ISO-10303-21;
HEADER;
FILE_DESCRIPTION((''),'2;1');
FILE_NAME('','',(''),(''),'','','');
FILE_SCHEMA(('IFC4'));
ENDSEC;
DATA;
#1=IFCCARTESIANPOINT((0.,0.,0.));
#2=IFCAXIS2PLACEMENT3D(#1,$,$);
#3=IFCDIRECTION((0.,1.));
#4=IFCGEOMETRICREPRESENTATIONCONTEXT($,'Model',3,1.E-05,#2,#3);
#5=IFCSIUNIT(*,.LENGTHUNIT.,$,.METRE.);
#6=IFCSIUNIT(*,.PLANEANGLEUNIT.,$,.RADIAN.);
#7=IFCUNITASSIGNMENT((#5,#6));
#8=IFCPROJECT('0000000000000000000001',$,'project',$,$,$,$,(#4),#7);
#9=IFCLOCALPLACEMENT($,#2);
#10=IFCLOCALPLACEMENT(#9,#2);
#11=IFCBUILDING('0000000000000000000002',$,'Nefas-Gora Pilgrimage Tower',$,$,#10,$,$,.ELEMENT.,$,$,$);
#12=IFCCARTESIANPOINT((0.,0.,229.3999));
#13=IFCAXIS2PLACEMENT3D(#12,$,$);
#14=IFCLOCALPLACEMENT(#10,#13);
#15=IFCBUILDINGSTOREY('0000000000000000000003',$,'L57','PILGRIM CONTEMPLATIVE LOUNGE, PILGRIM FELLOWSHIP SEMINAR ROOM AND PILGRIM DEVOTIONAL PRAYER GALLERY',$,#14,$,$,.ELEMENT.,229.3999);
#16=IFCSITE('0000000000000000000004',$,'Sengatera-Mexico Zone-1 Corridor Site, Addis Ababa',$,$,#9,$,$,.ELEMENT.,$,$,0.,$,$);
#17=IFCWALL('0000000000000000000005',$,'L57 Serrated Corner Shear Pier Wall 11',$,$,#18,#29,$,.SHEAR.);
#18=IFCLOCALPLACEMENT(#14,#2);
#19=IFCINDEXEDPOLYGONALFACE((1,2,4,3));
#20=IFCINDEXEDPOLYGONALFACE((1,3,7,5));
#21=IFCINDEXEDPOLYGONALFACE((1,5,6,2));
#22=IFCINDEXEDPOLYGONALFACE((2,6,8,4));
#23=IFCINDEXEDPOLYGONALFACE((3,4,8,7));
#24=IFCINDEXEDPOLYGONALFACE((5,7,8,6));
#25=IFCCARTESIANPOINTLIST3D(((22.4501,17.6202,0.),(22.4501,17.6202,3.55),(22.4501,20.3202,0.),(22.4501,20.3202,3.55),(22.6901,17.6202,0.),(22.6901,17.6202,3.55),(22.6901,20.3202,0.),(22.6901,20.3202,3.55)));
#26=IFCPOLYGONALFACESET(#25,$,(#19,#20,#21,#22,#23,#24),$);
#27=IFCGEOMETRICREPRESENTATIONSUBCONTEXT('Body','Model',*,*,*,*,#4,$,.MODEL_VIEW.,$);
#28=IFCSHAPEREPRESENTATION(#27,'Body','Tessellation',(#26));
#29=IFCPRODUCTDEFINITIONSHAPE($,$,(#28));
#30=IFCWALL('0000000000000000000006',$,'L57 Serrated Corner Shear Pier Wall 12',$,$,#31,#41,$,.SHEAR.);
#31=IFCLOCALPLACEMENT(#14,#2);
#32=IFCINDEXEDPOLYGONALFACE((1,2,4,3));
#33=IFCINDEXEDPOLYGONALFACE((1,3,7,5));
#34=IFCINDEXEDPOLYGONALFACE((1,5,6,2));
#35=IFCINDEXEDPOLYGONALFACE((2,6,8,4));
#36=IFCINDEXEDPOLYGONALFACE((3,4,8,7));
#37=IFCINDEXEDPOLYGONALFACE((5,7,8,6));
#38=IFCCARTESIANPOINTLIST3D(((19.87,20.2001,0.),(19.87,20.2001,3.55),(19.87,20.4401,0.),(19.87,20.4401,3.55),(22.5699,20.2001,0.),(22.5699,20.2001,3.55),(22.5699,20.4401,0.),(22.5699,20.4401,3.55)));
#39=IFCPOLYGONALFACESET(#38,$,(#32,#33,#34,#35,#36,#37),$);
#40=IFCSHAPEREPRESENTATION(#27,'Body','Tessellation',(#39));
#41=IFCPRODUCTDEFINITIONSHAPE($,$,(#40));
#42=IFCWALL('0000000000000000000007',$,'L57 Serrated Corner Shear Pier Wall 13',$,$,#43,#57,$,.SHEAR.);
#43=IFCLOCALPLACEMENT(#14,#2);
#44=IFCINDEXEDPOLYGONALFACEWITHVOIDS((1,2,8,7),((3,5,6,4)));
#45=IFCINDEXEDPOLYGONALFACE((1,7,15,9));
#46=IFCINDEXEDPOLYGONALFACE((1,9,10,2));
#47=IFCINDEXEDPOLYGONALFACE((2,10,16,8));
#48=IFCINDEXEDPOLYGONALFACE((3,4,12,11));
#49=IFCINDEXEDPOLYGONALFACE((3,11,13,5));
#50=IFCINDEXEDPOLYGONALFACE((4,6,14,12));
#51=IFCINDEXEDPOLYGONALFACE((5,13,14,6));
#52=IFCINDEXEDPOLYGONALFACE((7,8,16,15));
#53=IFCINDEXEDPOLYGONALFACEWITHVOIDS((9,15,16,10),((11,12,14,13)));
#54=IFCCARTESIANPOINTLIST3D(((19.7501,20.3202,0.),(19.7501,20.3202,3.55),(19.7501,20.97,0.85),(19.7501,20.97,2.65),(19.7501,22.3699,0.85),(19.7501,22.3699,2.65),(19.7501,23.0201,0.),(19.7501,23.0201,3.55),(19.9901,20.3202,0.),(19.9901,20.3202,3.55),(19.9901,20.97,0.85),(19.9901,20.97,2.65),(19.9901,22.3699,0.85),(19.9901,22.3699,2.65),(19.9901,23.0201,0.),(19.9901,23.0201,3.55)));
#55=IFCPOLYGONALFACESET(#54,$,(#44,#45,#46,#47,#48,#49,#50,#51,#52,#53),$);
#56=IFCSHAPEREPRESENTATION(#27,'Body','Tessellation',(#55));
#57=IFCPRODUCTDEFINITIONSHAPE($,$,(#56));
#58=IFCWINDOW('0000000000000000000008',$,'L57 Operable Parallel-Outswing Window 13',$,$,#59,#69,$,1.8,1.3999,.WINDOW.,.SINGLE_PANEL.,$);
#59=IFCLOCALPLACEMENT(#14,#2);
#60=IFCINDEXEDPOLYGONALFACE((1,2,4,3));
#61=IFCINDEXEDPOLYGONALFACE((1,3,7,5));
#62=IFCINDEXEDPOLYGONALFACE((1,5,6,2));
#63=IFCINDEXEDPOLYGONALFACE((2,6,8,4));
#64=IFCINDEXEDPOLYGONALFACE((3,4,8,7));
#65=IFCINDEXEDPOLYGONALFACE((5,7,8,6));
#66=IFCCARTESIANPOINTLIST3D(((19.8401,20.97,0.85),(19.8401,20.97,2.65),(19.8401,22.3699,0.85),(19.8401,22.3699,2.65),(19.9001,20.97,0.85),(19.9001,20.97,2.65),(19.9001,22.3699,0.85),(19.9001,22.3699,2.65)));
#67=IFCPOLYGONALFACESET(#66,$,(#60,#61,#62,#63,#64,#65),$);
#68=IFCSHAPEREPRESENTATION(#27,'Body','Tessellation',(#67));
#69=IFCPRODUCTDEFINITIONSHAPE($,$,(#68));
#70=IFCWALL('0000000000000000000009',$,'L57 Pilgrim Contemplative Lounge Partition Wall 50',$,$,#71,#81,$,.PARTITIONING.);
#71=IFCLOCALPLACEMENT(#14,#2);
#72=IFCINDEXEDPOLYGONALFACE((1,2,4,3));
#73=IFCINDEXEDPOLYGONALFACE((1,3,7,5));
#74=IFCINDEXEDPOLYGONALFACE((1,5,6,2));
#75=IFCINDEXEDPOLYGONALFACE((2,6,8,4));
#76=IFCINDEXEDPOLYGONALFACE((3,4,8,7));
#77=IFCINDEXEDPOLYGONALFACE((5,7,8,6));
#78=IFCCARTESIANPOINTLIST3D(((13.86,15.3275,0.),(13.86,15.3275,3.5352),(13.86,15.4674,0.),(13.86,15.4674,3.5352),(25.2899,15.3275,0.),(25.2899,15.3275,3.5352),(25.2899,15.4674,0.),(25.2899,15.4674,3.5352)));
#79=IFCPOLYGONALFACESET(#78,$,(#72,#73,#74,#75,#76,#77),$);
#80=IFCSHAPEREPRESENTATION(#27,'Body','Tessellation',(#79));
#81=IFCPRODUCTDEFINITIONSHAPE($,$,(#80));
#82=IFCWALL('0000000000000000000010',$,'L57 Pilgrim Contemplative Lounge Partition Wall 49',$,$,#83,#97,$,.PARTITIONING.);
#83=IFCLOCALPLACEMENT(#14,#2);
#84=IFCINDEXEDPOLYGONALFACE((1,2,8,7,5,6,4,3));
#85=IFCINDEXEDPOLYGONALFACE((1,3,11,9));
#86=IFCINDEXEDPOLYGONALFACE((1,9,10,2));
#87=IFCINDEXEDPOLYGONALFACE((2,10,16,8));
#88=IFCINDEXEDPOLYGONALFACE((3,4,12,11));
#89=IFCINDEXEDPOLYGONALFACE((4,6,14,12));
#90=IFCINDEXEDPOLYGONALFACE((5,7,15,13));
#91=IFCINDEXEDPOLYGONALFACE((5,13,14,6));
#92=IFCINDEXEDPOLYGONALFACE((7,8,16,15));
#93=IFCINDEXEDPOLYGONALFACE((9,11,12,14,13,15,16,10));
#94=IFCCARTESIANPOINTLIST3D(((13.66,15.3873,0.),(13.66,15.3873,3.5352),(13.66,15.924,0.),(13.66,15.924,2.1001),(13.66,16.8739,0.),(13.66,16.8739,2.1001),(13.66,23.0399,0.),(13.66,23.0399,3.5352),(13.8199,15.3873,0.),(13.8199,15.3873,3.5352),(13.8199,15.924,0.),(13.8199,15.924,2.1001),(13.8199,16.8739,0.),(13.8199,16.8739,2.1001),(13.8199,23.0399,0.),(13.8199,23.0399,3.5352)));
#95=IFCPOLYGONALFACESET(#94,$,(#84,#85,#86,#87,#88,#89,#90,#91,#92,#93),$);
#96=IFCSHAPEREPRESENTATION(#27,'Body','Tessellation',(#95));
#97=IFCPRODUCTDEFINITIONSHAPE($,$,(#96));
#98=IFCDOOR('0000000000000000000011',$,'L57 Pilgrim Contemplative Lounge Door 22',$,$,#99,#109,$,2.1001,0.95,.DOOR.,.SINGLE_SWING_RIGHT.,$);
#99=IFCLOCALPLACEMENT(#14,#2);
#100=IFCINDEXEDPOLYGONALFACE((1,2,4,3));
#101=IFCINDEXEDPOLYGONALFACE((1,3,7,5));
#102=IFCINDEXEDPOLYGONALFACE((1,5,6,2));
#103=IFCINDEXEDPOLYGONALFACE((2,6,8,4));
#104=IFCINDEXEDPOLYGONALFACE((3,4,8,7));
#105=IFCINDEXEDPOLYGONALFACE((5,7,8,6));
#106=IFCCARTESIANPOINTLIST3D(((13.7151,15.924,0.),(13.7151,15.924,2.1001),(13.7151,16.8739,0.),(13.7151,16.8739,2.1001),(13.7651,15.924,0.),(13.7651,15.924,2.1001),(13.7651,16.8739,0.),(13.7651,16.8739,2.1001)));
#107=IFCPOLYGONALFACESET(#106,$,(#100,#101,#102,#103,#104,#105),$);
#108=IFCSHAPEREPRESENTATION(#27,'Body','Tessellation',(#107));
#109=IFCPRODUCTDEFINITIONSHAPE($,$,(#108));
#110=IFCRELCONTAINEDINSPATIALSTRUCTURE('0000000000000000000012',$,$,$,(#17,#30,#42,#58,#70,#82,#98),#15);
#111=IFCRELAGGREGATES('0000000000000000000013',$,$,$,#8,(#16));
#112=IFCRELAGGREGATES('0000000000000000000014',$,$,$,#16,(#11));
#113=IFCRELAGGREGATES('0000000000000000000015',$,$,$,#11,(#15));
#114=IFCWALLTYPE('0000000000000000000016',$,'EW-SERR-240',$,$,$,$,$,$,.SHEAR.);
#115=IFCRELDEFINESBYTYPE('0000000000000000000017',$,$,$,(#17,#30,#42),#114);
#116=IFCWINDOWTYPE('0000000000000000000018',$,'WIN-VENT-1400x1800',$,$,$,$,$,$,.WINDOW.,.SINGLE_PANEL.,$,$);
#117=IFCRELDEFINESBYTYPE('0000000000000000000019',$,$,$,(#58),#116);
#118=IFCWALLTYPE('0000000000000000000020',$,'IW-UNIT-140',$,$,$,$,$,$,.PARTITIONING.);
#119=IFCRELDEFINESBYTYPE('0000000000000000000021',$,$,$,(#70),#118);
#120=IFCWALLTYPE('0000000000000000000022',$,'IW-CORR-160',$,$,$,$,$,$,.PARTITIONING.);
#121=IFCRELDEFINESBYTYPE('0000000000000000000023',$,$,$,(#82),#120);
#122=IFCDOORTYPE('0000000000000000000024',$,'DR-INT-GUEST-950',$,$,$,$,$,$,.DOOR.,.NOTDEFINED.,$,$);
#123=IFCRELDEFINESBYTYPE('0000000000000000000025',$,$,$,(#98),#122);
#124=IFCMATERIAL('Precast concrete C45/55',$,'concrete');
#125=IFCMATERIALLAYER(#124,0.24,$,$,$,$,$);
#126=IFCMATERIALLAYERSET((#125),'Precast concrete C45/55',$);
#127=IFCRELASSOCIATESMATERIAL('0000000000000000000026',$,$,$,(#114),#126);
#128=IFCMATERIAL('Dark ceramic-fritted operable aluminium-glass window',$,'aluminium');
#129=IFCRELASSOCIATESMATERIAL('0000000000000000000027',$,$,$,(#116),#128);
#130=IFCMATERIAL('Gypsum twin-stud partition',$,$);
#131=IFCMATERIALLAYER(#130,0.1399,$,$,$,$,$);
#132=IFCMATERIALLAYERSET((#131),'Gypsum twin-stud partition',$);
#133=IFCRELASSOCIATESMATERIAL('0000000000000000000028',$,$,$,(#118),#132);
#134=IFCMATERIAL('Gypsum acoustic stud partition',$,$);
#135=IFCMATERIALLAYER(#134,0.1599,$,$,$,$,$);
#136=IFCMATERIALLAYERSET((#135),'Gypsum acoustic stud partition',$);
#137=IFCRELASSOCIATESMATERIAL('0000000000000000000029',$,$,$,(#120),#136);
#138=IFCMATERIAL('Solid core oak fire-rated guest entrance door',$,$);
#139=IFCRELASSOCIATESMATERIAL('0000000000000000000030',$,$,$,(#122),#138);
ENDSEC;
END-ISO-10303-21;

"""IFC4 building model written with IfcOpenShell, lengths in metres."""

from ifc_helpers import new_model, si_unit, direction, frame, frame_2d, origin, place, context, subcontext, project, spatial, rectangle, extrude, source, transform, mapped, material, layer, layer_set, type_object, element, fill, save


model = new_model("IFC4")

# Units and contexts
model_context = context("Model", 3, precision=1e-05, world=origin(), true_north=direction((0.0, 1.0)))
body_context = subcontext(model_context, "Body", "Model", "MODEL_VIEW")
ifc_project = project(units=[si_unit("LENGTHUNIT", "METRE"), si_unit("PLANEANGLEUNIT", "RADIAN")], contexts=[model_context])

# Site, building, storey
site_placement = place(None, origin())
site = spatial("IfcSite", under=ifc_project, at=site_placement, Name="Sengatera-Mexico Zone-1 Corridor Site, Addis Ababa", CompositionType="ELEMENT", RefElevation=0.0)
building_placement = place(site_placement, origin())
building = spatial("IfcBuilding", under=site, at=building_placement, Name="Nefas-Gora Pilgrimage Tower", CompositionType="ELEMENT")
storey_placement = place(building_placement, frame((0.0, 0.0, 229.3999)))
storey = spatial("IfcBuildingStorey", under=building, at=storey_placement, Name="L57", Description="PILGRIM CONTEMPLATIVE LOUNGE, PILGRIM FELLOWSHIP SEMINAR ROOM AND PILGRIM DEVOTIONAL PRAYER GALLERY", CompositionType="ELEMENT", Elevation=229.3999)

# Walls
ifc_material_1 = material(Name="Precast concrete C45/55", Category="concrete")
ifc_layer_1 = layer(ifc_material_1, 0.24)
ifc_layer_set_1 = layer_set([ifc_layer_1], Name="Precast concrete C45/55")
wall_type_1 = type_object("IfcWallType", Name="EW-SERR-240", PredefinedType="SHEAR", material=ifc_layer_set_1)
shared_shape_1 = source(origin(), body_context, "Body", "SweptSolid", [
    extrude(rectangle(XDim=2.7, YDim=0.24, at=frame_2d((1.3501, 0.0))), origin(), (0.0, 0.0, 1.0), 3.55),
])
for number, where, z_axis, x_axis, name in (
    (1, (22.5701, 17.6201, 0.0), (0.0, 0.0, 1.0), (0.0, 1.0, 0.0), "L57 Serrated Corner Shear Pier Wall 11"),
    (2, (22.5701, 20.3201, 0.0), (0.0, 0.0, 1.0), (-1.0, 0.0, 0.0), "L57 Serrated Corner Shear Pier Wall 12"),
):
    element("IfcWall", number, at=place(storey_placement, frame(where, z_axis=z_axis, x_axis=x_axis)), inside=storey, type_object=wall_type_1, Name=name, PredefinedType="SHEAR", context=body_context, shape_type="MappedRepresentation", body=[
        mapped(shared_shape_1, transform((0.0, 0.0, 0.0), x_axis=(1.0, 0.0, 0.0), y_axis=(0.0, 1.0, 0.0), z_axis=(0.0, 0.0, 1.0), scale=1.0)),
    ])

# Wall, opening, window
wall_1_placement = place(storey_placement, frame((19.8701, 20.3201, 0.0), z_axis=(0.0, 0.0, 1.0), x_axis=(0.0, 1.0, 0.0)))
wall_1 = element("IfcWall", 3, at=wall_1_placement, inside=storey, type_object=wall_type_1, Name="L57 Serrated Corner Shear Pier Wall 13", PredefinedType="SHEAR", context=body_context, shape_type="MappedRepresentation", body=[
    mapped(shared_shape_1, transform((0.0, 0.0, 0.0), x_axis=(1.0, 0.0, 0.0), y_axis=(0.0, 1.0, 0.0), z_axis=(0.0, 0.0, 1.0), scale=1.0)),
])
opening_1_placement = place(wall_1_placement, frame((0.6499, 0.0, 0.8501)))
opening_1 = element("IfcOpeningElement", 4, at=opening_1_placement, cuts=wall_1, PredefinedType="OPENING", context=body_context, shape_type="SweptSolid", body=[
    extrude(rectangle(XDim=1.3999, YDim=1.8, at=frame_2d((0.7, 0.8999))), frame((0.0, 0.1299, 0.0), z_axis=(0.0, -1.0, 0.0), x_axis=(1.0, 0.0, 0.0)), (0.0, 0.0, 1.0), 0.26),
])
ifc_material_2 = material(Name="Dark ceramic-fritted operable aluminium-glass window", Category="aluminium")
window_type = type_object("IfcWindowType", Name="WIN-VENT-1400x1800", PartitioningType="SINGLE_PANEL", PredefinedType="WINDOW", material=ifc_material_2)
shared_shape_2 = source(origin(), body_context, "Body", "SweptSolid", [
    extrude(rectangle(XDim=1.3999, YDim=1.8, at=frame_2d((0.7, 0.8999))), frame((0.0, 0.03, 0.0), z_axis=(0.0, -1.0, 0.0), x_axis=(1.0, 0.0, 0.0)), (0.0, 0.0, 1.0), 0.0601),
])
window_placement = place(opening_1_placement, origin())
window = element("IfcWindow", 5, at=window_placement, inside=storey, type_object=window_type, Name="L57 Operable Parallel-Outswing Window 13", OverallHeight=1.8, OverallWidth=1.3999, PartitioningType="SINGLE_PANEL", PredefinedType="WINDOW", context=body_context, shape_type="MappedRepresentation", body=[
    mapped(shared_shape_2, transform((0.0, 0.0, 0.0), x_axis=(1.0, 0.0, 0.0), y_axis=(0.0, 1.0, 0.0), z_axis=(0.0, 0.0, 1.0), scale=1.0)),
])
fill(opening_1, window)

# Wall
ifc_material_3 = material(Name="Gypsum twin-stud partition")
ifc_layer_2 = layer(ifc_material_3, 0.1399)
ifc_layer_set_2 = layer_set([ifc_layer_2], Name="Gypsum twin-stud partition")
wall_type_2 = type_object("IfcWallType", Name="IW-UNIT-140", PredefinedType="PARTITIONING", material=ifc_layer_set_2)
shared_shape_3 = source(origin(), body_context, "Body", "SweptSolid", [
    extrude(rectangle(XDim=11.4299, YDim=0.1399, at=frame_2d((5.7148, 0.0))), origin(), (0.0, 0.0, 1.0), 3.5352),
])
wall_2_placement = place(storey_placement, frame((13.8601, 15.3975, 0.0), z_axis=(0.0, 0.0, 1.0), x_axis=(1.0, 0.0, 0.0)))
element("IfcWall", 6, at=wall_2_placement, inside=storey, type_object=wall_type_2, Name="L57 Pilgrim Contemplative Lounge Partition Wall 50", PredefinedType="PARTITIONING", context=body_context, shape_type="MappedRepresentation", body=[
    mapped(shared_shape_3, transform((0.0, 0.0, 0.0), x_axis=(1.0, 0.0, 0.0), y_axis=(0.0, 1.0, 0.0), z_axis=(0.0, 0.0, 1.0), scale=1.0)),
])

# Wall, opening, door
ifc_material_4 = material(Name="Gypsum acoustic stud partition")
ifc_layer_3 = layer(ifc_material_4, 0.1599)
ifc_layer_set_3 = layer_set([ifc_layer_3], Name="Gypsum acoustic stud partition")
wall_type_3 = type_object("IfcWallType", Name="IW-CORR-160", PredefinedType="PARTITIONING", material=ifc_layer_set_3)
shared_shape_4 = source(origin(), body_context, "Body", "SweptSolid", [
    extrude(rectangle(XDim=7.6526, YDim=0.1599, at=frame_2d((3.8262, 0.0))), origin(), (0.0, 0.0, 1.0), 3.5352),
])
wall_3_placement = place(storey_placement, frame((13.74, 15.3875, 0.0), z_axis=(0.0, 0.0, 1.0), x_axis=(0.0, 1.0, 0.0)))
wall_3 = element("IfcWall", 7, at=wall_3_placement, inside=storey, type_object=wall_type_3, Name="L57 Pilgrim Contemplative Lounge Partition Wall 49", PredefinedType="PARTITIONING", context=body_context, shape_type="MappedRepresentation", body=[
    mapped(shared_shape_4, transform((0.0, 0.0, 0.0), x_axis=(1.0, 0.0, 0.0), y_axis=(0.0, 1.0, 0.0), z_axis=(0.0, 0.0, 1.0), scale=1.0)),
])
opening_2_placement = place(wall_3_placement, frame((0.5364, 0.0, 0.0)))
opening_2 = element("IfcOpeningElement", 8, at=opening_2_placement, cuts=wall_3, PredefinedType="OPENING", context=body_context, shape_type="SweptSolid", body=[
    extrude(rectangle(XDim=0.95, YDim=2.1001, at=frame_2d((0.4751, 1.05))), frame((0.0, 0.0898, 0.0), z_axis=(0.0, -1.0, 0.0), x_axis=(1.0, 0.0, 0.0)), (0.0, 0.0, 1.0), 0.1799),
])
ifc_material_5 = material(Name="Solid core oak fire-rated guest entrance door")
door_type = type_object("IfcDoorType", Name="DR-INT-GUEST-950", OperationType="NOTDEFINED", PredefinedType="DOOR", material=ifc_material_5)
shared_shape_5 = source(origin(), body_context, "Body", "SweptSolid", [
    extrude(rectangle(XDim=0.95, YDim=2.1001, at=frame_2d((0.4751, 1.05))), frame((0.0, 0.0249, 0.0), z_axis=(0.0, -1.0, 0.0), x_axis=(1.0, 0.0, 0.0)), (0.0, 0.0, 1.0), 0.05),
])
door_placement = place(opening_2_placement, origin())
door = element("IfcDoor", 9, at=door_placement, inside=storey, type_object=door_type, Name="L57 Pilgrim Contemplative Lounge Door 22", OperationType="SINGLE_SWING_RIGHT", OverallHeight=2.1001, OverallWidth=0.95, PredefinedType="DOOR", context=body_context, shape_type="MappedRepresentation", body=[
    mapped(shared_shape_5, transform((0.0, 0.0, 0.0), x_axis=(1.0, 0.0, 0.0), y_axis=(0.0, 1.0, 0.0), z_axis=(0.0, 0.0, 1.0), scale=1.0)),
])
fill(opening_2, door)

save(model, "model.ifc")
